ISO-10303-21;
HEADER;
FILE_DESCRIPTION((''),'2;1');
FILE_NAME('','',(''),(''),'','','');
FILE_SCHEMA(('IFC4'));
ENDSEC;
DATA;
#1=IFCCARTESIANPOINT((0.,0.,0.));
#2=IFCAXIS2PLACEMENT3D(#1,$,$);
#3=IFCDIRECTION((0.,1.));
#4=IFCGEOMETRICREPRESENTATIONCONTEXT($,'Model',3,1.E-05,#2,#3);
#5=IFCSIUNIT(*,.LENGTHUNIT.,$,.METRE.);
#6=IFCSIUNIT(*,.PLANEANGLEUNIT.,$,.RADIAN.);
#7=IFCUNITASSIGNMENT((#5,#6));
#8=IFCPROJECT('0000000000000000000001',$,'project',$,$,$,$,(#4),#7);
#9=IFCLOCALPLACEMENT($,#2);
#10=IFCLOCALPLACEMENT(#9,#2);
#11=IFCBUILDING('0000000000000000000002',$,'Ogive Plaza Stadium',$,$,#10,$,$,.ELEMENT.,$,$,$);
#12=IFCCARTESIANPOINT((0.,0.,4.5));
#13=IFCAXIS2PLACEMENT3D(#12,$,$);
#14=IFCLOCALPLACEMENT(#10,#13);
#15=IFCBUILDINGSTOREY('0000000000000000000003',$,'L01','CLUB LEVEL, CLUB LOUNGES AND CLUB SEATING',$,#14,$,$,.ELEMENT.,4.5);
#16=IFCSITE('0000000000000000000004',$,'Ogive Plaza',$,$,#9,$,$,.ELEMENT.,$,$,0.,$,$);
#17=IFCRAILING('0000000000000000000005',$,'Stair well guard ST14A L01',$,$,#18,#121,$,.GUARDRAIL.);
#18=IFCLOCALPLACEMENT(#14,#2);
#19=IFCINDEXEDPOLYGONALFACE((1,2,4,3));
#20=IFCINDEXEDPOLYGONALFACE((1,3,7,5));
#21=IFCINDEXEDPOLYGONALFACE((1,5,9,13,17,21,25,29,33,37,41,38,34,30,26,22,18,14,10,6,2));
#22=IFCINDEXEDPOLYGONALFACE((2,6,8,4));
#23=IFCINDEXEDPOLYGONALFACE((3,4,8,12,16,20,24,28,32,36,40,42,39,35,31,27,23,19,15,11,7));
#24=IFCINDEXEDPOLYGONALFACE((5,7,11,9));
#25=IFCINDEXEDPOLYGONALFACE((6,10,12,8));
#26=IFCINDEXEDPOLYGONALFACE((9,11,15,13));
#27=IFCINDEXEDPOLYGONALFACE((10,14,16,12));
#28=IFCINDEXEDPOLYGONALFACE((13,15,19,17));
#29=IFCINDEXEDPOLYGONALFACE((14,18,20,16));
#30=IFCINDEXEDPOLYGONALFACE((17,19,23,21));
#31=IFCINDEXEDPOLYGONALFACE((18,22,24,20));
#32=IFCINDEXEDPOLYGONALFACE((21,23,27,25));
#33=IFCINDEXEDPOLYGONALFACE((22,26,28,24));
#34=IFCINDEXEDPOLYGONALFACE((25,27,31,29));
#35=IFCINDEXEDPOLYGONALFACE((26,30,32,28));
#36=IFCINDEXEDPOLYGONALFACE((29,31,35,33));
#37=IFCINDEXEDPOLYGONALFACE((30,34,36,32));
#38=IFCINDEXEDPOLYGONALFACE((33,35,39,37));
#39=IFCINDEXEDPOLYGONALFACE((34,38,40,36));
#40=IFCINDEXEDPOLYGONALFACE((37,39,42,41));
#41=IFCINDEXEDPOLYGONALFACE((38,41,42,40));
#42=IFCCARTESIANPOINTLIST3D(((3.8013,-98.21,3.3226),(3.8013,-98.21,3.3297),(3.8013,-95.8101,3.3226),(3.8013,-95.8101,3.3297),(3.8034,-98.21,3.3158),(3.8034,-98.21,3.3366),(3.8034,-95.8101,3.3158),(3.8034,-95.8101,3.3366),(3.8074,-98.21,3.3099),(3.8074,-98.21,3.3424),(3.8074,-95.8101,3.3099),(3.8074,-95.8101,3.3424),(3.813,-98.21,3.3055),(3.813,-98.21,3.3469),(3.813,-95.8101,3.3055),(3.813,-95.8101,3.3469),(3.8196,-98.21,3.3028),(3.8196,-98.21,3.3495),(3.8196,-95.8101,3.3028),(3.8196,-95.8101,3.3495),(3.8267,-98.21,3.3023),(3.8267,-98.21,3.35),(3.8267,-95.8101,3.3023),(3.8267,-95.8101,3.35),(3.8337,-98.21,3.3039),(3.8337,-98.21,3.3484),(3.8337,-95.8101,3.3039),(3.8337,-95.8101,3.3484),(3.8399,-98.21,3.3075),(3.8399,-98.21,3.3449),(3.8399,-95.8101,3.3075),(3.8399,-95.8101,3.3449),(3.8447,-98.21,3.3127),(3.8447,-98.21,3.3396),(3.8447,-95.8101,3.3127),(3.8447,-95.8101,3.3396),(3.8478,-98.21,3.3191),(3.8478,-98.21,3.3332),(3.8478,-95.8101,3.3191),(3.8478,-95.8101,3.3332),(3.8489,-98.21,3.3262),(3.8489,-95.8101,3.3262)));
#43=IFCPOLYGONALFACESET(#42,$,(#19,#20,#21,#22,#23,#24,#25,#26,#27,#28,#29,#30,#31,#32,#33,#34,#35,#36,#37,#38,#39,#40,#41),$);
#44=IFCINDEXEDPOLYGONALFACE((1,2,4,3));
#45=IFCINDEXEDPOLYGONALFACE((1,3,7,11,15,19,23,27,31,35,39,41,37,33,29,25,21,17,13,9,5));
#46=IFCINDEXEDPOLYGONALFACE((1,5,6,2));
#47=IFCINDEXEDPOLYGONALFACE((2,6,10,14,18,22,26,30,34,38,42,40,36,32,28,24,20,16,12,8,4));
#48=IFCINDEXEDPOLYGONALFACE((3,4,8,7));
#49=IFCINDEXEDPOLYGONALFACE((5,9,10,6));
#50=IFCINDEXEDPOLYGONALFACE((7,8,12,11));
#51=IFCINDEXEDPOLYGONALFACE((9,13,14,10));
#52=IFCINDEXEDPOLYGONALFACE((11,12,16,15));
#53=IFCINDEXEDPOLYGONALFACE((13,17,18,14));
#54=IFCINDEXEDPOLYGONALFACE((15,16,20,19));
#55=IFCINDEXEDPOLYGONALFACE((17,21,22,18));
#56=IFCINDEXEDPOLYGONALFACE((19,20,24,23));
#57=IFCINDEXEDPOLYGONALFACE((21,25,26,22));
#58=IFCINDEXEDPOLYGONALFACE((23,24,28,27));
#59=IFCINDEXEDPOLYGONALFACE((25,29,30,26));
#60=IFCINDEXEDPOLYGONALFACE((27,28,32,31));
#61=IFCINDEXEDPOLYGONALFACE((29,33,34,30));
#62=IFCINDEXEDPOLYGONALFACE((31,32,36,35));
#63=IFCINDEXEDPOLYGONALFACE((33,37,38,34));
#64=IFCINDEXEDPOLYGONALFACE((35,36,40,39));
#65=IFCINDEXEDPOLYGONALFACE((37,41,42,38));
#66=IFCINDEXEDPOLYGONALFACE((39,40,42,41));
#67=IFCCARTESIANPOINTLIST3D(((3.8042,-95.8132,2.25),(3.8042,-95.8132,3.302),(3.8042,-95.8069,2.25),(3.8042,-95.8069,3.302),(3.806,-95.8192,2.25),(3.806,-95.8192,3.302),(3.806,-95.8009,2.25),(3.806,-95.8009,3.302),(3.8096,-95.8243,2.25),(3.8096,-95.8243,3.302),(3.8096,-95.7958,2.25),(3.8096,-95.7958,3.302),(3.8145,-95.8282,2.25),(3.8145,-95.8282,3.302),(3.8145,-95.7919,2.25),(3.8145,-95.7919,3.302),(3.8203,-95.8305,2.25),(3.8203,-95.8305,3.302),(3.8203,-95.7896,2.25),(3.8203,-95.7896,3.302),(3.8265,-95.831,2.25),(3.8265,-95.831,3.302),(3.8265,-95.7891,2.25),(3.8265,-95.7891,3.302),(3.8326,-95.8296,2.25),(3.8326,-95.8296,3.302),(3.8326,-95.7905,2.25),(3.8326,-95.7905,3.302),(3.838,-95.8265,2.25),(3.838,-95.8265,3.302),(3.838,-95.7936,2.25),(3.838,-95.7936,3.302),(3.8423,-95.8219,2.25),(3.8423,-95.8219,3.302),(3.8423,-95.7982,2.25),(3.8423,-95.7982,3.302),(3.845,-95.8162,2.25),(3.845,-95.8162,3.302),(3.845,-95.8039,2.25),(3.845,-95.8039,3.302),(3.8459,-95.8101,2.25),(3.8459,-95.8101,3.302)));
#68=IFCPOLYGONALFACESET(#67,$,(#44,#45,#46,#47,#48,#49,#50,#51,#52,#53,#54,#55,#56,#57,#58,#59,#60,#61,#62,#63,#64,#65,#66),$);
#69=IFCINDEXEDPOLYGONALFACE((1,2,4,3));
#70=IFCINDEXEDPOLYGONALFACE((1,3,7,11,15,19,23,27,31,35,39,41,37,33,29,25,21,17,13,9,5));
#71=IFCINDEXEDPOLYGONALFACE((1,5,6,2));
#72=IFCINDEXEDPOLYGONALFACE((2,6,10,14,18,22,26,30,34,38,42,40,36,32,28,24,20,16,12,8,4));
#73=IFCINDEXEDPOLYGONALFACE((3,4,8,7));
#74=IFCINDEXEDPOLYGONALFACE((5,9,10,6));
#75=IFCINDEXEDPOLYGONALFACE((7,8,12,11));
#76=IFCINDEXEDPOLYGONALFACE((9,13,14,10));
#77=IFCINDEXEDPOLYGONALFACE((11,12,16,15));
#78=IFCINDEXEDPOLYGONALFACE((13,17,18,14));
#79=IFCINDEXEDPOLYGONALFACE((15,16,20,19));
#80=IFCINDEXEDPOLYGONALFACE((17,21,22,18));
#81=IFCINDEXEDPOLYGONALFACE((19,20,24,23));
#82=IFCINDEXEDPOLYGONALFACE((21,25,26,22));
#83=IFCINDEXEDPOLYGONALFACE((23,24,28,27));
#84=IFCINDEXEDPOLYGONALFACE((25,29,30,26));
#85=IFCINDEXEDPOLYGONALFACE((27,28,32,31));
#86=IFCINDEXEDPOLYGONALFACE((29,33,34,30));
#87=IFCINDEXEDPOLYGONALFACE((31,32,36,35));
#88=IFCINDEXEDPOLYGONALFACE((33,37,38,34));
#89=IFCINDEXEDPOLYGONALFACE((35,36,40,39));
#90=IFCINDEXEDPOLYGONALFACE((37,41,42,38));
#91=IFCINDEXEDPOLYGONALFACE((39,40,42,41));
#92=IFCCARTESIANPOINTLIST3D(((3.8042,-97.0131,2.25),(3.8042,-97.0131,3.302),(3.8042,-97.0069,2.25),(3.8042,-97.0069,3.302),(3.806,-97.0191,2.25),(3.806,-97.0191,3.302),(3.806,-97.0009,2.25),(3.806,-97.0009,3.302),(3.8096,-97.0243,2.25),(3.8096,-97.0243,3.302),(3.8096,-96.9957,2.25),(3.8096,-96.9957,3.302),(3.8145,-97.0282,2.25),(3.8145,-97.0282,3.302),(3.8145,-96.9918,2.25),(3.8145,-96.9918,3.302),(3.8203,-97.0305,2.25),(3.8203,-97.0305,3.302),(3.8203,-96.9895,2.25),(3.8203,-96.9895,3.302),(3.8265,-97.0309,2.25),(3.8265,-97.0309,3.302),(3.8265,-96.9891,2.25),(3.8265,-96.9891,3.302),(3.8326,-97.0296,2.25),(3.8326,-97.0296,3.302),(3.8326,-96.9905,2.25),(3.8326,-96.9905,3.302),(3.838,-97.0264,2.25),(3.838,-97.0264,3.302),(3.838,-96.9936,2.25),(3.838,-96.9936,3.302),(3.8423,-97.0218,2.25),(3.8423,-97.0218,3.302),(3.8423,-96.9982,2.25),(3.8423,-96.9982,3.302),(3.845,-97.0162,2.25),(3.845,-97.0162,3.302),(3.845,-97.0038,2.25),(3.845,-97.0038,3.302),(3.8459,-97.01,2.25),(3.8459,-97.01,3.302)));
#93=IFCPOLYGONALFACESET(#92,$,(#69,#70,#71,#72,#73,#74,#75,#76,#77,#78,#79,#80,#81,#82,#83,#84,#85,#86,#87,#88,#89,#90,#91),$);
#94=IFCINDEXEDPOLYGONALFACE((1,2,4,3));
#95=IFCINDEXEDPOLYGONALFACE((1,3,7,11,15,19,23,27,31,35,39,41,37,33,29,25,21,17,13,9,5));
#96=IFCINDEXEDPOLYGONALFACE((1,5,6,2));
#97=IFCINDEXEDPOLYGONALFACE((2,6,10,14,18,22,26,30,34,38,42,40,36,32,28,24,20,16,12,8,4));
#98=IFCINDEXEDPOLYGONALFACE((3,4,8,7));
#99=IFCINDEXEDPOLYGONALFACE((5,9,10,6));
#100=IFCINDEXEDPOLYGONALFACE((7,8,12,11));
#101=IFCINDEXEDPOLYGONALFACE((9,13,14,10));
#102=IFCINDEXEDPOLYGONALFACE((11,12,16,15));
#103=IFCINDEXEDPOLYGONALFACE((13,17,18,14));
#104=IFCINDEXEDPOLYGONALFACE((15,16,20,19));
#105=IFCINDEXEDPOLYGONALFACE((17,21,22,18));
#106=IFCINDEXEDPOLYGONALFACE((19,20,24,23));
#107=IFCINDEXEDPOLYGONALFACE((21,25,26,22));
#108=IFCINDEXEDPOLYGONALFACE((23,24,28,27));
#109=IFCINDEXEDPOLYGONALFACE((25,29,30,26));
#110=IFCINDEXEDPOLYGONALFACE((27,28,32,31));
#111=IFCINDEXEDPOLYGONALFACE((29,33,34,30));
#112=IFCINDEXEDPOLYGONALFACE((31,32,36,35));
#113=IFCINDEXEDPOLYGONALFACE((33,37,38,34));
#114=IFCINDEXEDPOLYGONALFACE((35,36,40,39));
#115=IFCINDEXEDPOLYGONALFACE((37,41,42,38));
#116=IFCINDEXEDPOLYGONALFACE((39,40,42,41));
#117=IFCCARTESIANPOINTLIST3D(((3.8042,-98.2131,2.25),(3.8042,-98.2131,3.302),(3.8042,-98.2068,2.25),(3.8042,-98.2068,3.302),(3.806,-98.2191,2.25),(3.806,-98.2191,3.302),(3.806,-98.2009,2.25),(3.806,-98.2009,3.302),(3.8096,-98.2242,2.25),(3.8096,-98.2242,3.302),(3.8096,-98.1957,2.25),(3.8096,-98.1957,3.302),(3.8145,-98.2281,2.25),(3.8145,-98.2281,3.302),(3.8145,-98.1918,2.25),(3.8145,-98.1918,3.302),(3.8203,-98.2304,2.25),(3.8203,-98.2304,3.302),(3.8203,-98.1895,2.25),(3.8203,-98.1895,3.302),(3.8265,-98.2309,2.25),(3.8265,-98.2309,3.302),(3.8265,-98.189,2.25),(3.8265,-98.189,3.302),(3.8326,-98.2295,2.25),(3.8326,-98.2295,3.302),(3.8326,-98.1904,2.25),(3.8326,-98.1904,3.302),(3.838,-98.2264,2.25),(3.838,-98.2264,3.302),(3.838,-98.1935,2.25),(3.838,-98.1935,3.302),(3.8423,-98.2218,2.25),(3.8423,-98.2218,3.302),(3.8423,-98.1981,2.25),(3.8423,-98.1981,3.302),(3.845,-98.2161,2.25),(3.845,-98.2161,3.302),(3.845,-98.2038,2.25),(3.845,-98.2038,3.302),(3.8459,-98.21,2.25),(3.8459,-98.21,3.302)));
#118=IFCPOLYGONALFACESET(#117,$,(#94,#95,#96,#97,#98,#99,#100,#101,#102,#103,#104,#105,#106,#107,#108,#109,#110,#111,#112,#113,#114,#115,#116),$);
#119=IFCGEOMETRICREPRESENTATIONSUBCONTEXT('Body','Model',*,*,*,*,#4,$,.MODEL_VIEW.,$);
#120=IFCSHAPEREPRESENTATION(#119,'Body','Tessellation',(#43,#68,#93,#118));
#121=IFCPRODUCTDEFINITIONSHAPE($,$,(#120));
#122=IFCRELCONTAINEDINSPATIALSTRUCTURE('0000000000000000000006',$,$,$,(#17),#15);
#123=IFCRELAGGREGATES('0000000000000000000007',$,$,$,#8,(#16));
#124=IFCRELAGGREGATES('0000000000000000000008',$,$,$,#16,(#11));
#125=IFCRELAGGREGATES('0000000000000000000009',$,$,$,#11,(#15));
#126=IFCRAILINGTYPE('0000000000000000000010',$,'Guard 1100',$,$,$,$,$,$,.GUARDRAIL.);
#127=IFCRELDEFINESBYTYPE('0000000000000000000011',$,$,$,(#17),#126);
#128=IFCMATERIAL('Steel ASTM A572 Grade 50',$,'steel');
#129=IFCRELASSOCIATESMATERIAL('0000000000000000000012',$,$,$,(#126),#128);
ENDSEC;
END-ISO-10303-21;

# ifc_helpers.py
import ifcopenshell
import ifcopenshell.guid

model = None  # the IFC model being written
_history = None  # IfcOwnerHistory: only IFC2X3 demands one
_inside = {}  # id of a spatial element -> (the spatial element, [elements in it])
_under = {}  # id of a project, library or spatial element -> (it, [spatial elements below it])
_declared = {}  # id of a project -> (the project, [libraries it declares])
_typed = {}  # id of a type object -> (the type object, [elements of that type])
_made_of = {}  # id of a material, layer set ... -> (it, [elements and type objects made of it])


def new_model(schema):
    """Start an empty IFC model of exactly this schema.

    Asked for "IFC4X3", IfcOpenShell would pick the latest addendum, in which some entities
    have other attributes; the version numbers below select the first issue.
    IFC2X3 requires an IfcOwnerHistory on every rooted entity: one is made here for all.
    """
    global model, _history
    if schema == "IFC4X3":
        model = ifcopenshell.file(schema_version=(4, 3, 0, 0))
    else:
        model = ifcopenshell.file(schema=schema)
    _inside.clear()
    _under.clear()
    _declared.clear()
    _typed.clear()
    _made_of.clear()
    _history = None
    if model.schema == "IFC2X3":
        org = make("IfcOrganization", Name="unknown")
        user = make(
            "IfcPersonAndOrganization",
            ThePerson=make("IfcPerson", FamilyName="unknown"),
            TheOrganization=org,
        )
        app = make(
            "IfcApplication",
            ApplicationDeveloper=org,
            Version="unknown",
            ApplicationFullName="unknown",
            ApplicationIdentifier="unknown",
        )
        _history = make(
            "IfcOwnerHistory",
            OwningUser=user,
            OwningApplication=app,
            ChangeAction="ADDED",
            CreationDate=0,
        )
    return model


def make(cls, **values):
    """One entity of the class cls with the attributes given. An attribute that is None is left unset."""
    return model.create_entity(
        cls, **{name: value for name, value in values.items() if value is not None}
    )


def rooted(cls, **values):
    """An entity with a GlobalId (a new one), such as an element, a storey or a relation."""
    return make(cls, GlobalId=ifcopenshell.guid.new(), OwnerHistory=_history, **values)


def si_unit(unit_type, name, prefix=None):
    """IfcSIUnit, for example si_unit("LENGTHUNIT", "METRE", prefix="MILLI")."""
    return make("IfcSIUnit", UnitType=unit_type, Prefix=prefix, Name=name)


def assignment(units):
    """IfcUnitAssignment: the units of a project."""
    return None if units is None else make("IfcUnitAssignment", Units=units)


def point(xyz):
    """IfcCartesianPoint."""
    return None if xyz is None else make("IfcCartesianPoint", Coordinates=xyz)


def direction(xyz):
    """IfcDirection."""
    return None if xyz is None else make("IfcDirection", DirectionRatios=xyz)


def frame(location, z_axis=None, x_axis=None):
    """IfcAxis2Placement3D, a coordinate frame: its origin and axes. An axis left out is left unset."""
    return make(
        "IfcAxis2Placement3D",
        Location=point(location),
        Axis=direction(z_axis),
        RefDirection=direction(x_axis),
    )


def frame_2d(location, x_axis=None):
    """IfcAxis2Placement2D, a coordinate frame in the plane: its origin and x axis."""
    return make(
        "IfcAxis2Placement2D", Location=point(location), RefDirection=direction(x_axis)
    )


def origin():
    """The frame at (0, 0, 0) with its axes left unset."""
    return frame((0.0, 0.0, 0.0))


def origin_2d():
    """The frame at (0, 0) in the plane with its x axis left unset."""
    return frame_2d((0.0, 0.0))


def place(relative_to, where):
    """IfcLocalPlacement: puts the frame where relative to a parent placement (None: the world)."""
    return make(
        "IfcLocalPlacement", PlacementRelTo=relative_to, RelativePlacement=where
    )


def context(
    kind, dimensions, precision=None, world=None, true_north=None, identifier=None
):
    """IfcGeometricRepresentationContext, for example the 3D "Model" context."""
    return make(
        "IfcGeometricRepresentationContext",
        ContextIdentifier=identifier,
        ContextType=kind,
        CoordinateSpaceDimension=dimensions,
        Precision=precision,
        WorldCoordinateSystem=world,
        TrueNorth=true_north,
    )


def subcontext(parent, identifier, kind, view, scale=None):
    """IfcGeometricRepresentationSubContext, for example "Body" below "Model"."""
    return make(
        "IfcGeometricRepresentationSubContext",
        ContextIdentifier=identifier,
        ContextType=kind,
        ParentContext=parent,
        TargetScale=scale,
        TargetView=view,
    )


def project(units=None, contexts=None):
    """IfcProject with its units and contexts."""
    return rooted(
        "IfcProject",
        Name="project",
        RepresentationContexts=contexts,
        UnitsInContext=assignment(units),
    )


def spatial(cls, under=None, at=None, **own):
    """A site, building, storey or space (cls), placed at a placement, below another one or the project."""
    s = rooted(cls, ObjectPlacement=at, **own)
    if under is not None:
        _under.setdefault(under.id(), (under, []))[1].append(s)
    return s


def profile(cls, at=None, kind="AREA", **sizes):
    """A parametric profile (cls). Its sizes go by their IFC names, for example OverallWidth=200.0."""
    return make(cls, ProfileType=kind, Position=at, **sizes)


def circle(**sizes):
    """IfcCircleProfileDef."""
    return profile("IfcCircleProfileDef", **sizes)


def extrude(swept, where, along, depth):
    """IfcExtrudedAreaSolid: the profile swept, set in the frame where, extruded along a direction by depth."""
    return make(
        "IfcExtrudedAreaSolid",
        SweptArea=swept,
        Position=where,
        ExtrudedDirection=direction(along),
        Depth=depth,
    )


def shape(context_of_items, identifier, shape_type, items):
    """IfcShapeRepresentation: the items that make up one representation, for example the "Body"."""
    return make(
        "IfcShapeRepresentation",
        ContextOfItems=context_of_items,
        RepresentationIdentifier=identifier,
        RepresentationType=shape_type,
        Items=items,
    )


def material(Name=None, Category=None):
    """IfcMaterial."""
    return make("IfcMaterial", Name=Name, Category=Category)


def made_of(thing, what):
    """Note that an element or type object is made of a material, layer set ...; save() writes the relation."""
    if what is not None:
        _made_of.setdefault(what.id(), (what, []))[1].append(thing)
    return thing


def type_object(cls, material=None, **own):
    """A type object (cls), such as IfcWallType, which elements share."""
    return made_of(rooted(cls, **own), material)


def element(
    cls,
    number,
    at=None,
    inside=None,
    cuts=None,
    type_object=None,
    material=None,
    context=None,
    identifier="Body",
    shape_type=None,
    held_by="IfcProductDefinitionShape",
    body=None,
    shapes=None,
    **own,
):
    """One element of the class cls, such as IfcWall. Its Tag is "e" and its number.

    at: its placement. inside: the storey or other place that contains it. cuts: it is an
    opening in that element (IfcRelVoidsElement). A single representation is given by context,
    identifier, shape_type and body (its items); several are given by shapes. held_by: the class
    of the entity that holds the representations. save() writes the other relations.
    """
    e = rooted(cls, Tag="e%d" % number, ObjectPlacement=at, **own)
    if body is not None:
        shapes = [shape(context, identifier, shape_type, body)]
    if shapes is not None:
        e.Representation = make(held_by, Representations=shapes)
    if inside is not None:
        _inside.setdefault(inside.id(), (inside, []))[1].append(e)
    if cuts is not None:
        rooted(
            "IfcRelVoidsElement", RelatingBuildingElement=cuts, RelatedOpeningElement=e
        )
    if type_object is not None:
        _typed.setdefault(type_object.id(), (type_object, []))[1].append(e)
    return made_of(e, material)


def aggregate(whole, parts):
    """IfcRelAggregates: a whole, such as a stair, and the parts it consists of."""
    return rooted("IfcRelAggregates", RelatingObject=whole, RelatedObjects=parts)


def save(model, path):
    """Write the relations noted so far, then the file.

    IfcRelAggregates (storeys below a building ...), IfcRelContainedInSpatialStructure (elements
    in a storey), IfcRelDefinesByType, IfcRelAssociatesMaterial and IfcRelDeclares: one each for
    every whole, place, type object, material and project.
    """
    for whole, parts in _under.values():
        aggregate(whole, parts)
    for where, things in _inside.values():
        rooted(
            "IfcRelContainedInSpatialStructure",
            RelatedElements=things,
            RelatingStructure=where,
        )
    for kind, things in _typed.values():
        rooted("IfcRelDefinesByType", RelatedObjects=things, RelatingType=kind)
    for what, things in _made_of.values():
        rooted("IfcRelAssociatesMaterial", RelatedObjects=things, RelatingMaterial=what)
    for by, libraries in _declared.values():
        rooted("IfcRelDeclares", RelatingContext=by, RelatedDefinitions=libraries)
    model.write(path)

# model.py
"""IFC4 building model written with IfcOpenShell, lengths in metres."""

from ifc_helpers import new_model, si_unit, direction, frame, origin, origin_2d, place, context, subcontext, project, spatial, circle, extrude, material, type_object, element, save


model = new_model("IFC4")

# Units and contexts
model_context = context("Model", 3, precision=1e-05, world=origin(), true_north=direction((0.0, 1.0)))
body_context = subcontext(model_context, "Body", "Model", "MODEL_VIEW")
ifc_project = project(units=[si_unit("LENGTHUNIT", "METRE"), si_unit("PLANEANGLEUNIT", "RADIAN")], contexts=[model_context])

# Site, building, storey
site_placement = place(None, origin())
site = spatial("IfcSite", under=ifc_project, at=site_placement, Name="Ogive Plaza", CompositionType="ELEMENT", RefElevation=0.0)
building_placement = place(site_placement, origin())
building = spatial("IfcBuilding", under=site, at=building_placement, Name="Ogive Plaza Stadium", CompositionType="ELEMENT")
storey_placement = place(building_placement, frame((0.0, 0.0, 4.5)))
storey = spatial("IfcBuildingStorey", under=building, at=storey_placement, Name="L01", Description="CLUB LEVEL, CLUB LOUNGES AND CLUB SEATING", CompositionType="ELEMENT", Elevation=4.5)

# Railing
ifc_material_1 = material(Name="Steel ASTM A572 Grade 50", Category="steel")
railing_type_1 = type_object("IfcRailingType", Name="Guard 1100", PredefinedType="GUARDRAIL", material=ifc_material_1)
railing_placement = place(storey_placement, frame((3.825, -95.8101, 2.25)))
element("IfcRailing", 1, at=railing_placement, inside=storey, type_object=railing_type_1, Name="Stair well guard ST14A L01", PredefinedType="GUARDRAIL", context=body_context, shape_type="SweptSolid", body=[
    extrude(circle(Radius=0.0239, at=origin_2d()), frame((0.0, 0.0, 1.0762), z_axis=(0.0, -1.0, 0.0), x_axis=(1.0, 0.0, 0.0)), (0.0, 0.0, 1.0), 2.3999),
    extrude(circle(Radius=0.021, at=origin_2d()), origin(), (0.0, 0.0, 1.0), 1.052),
    extrude(circle(Radius=0.021, at=origin_2d()), frame((0.0, -1.2, 0.0)), (0.0, 0.0, 1.0), 1.052),
    extrude(circle(Radius=0.021, at=origin_2d()), frame((0.0, -2.3999, 0.0)), (0.0, 0.0, 1.0), 1.052),
])

save(model, "model.ifc")
